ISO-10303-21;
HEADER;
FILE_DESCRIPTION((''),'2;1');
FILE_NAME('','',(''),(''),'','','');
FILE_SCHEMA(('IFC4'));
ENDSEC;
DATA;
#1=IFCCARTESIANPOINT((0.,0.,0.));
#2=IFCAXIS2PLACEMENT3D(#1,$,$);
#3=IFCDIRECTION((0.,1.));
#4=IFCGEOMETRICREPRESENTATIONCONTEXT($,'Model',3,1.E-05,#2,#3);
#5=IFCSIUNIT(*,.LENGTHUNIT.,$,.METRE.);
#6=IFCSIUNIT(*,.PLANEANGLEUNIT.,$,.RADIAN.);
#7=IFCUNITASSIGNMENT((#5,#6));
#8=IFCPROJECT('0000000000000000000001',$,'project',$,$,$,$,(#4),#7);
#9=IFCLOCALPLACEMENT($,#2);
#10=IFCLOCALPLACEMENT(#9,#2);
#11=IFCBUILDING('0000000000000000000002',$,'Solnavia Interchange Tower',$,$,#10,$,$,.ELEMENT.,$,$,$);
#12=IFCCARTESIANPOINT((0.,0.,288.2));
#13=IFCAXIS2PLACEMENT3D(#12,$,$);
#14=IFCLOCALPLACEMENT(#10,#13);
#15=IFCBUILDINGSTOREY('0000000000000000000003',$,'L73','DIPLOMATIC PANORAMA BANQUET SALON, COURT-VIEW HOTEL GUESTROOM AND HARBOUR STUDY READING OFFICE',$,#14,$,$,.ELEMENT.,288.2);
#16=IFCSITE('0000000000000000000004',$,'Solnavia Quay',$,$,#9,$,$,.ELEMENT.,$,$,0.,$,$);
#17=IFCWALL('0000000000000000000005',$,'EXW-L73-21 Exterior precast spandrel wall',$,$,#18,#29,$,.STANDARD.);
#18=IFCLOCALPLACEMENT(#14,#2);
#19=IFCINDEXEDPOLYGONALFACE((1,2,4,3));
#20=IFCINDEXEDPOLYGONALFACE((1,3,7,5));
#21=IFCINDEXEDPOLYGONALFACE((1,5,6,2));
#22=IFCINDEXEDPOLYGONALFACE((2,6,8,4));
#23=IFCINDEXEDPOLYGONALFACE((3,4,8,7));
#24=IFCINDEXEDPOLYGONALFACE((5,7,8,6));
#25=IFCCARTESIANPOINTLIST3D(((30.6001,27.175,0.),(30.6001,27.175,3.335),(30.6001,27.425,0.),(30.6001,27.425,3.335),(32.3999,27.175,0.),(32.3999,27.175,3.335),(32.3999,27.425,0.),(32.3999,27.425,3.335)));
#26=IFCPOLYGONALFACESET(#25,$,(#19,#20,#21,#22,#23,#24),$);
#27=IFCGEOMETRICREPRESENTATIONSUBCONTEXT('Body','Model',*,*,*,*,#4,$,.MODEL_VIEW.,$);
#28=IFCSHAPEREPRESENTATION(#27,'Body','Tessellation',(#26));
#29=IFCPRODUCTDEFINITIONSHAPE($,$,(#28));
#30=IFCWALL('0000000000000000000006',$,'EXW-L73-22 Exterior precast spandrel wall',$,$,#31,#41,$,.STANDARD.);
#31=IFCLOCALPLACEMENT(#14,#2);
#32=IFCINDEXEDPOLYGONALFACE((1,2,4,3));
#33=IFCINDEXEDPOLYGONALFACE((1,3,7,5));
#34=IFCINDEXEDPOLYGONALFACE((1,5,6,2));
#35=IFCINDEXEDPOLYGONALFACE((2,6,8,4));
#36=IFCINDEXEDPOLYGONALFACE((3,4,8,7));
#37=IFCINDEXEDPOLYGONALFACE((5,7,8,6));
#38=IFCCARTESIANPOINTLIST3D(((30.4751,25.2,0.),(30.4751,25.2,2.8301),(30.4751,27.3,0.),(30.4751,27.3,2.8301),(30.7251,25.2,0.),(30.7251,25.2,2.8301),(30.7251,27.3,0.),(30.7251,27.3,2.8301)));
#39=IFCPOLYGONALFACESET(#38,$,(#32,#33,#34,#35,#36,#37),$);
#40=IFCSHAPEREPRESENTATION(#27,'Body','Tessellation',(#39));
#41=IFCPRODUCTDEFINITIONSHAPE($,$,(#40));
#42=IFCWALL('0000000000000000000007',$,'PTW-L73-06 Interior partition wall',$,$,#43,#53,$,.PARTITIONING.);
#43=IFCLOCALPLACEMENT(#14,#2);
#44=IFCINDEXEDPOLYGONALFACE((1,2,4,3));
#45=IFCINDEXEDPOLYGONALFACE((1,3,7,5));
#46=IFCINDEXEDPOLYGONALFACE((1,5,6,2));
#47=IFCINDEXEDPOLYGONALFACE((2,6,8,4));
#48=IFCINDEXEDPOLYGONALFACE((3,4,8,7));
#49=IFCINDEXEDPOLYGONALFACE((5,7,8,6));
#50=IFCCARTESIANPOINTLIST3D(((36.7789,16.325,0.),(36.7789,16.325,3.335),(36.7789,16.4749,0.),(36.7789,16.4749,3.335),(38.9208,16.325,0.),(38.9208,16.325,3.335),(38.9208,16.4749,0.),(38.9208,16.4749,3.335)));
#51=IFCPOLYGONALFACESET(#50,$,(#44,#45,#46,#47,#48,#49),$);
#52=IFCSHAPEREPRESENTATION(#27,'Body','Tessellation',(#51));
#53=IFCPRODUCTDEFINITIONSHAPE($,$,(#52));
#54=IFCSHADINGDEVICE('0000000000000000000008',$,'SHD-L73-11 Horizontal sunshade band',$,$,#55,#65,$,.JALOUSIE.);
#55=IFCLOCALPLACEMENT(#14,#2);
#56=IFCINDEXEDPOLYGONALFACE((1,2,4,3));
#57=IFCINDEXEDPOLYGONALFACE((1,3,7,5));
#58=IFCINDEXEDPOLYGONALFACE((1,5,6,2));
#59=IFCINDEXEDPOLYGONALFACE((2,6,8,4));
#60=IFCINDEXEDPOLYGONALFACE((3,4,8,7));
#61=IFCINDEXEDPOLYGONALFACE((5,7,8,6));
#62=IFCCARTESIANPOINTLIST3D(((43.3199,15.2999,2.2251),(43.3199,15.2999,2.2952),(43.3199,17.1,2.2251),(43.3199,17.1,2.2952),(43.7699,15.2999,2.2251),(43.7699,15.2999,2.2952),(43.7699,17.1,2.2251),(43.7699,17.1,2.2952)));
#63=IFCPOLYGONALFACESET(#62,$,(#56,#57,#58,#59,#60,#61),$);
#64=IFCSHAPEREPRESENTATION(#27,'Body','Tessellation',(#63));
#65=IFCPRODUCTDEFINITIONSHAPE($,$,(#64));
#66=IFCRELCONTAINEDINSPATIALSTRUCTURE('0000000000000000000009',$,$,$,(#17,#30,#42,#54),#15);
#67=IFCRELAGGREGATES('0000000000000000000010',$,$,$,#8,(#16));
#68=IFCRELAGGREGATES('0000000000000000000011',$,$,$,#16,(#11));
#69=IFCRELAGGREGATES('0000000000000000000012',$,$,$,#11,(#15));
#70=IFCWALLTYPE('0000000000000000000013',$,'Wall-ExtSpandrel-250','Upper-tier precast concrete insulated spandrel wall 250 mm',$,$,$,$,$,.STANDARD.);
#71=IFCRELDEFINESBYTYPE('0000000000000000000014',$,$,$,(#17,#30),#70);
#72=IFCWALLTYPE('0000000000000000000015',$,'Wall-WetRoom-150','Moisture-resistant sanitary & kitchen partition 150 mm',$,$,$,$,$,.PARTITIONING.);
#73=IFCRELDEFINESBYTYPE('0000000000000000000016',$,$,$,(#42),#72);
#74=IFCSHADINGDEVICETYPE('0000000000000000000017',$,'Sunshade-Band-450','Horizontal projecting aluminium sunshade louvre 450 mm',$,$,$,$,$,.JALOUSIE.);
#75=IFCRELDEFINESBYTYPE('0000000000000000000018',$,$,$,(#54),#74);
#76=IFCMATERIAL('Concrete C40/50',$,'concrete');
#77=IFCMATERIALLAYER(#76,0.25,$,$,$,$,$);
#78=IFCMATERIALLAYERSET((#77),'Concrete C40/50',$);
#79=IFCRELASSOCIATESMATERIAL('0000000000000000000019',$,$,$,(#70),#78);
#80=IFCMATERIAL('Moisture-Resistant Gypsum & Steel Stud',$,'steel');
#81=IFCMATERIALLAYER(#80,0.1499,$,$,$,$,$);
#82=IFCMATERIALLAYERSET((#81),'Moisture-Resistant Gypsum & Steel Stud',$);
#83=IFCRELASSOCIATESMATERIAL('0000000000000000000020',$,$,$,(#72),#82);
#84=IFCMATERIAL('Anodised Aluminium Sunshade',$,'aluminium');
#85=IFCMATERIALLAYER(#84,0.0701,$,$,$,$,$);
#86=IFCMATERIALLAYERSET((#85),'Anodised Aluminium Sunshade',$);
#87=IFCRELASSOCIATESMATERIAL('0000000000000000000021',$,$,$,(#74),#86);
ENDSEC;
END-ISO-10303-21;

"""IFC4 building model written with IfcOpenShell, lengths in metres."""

from ifc_helpers import new_model, si_unit, direction, frame, frame_2d, origin, origin_2d, place, context, subcontext, project, spatial, rectangle, extrude, material, layer, layer_set, type_object, element, save


model = new_model("IFC4")

# Units and contexts
model_context = context("Model", 3, precision=1e-05, world=origin(), true_north=direction((0.0, 1.0)))
body_context = subcontext(model_context, "Body", "Model", "MODEL_VIEW")
ifc_project = project(units=[si_unit("LENGTHUNIT", "METRE"), si_unit("PLANEANGLEUNIT", "RADIAN")], contexts=[model_context])

# Site, building, storey
site_placement = place(None, origin())
site = spatial("IfcSite", under=ifc_project, at=site_placement, Name="Solnavia Quay", CompositionType="ELEMENT", RefElevation=0.0)
building_placement = place(site_placement, origin())
building = spatial("IfcBuilding", under=site, at=building_placement, Name="Solnavia Interchange Tower", CompositionType="ELEMENT")
storey_placement = place(building_placement, frame((0.0, 0.0, 288.2)))
storey = spatial("IfcBuildingStorey", under=building, at=storey_placement, Name="L73", Description="DIPLOMATIC PANORAMA BANQUET SALON, COURT-VIEW HOTEL GUESTROOM AND HARBOUR STUDY READING OFFICE", CompositionType="ELEMENT", Elevation=288.2)

# Shared definitions
ifc_material_1 = material(Name="Concrete C40/50", Category="concrete")
ifc_layer_1 = layer(ifc_material_1, 0.25)
ifc_layer_set_1 = layer_set([ifc_layer_1], Name="Concrete C40/50")
wall_type_1 = type_object("IfcWallType", Name="Wall-ExtSpandrel-250", Description="Upper-tier precast concrete insulated spandrel wall 250 mm", PredefinedType="STANDARD", material=ifc_layer_set_1)

# Walls
wall_1_placement = place(storey_placement, frame((30.6001, 27.3, 0.0), z_axis=(0.0, 0.0, 1.0), x_axis=(1.0, 0.0, 0.0)))
element("IfcWall", 1, at=wall_1_placement, inside=storey, type_object=wall_type_1, Name="EXW-L73-21 Exterior precast spandrel wall", PredefinedType="STANDARD", context=body_context, shape_type="SweptSolid", body=[
    extrude(rectangle(XDim=1.7998, YDim=0.25, at=frame_2d((0.8999, 0.0))), origin(), (0.0, 0.0, 1.0), 3.335),
])
wall_2_placement = place(storey_placement, frame((30.6001, 27.3, 0.0), z_axis=(0.0, 0.0, 1.0), x_axis=(0.0, -1.0, 0.0)))
element("IfcWall", 2, at=wall_2_placement, inside=storey, type_object=wall_type_1, Name="EXW-L73-22 Exterior precast spandrel wall", PredefinedType="STANDARD", context=body_context, shape_type="SweptSolid", body=[
    extrude(rectangle(XDim=2.1001, YDim=0.25, at=frame_2d((1.05, 0.0))), origin(), (0.0, 0.0, 1.0), 2.8301),
])
ifc_material_2 = material(Name="Moisture-Resistant Gypsum & Steel Stud", Category="steel")
ifc_layer_2 = layer(ifc_material_2, 0.1499)
ifc_layer_set_2 = layer_set([ifc_layer_2], Name="Moisture-Resistant Gypsum & Steel Stud")
wall_type_2 = type_object("IfcWallType", Name="Wall-WetRoom-150", Description="Moisture-resistant sanitary & kitchen partition 150 mm", PredefinedType="PARTITIONING", material=ifc_layer_set_2)
wall_3_placement = place(storey_placement, frame((36.7791, 16.3999, 0.0), z_axis=(0.0, 0.0, 1.0), x_axis=(1.0, 0.0, 0.0)))
element("IfcWall", 3, at=wall_3_placement, inside=storey, type_object=wall_type_2, Name="PTW-L73-06 Interior partition wall", PredefinedType="PARTITIONING", context=body_context, shape_type="SweptSolid", body=[
    extrude(rectangle(XDim=2.1418, YDim=0.1499, at=frame_2d((1.0708, 0.0))), origin(), (0.0, 0.0, 1.0), 3.335),
])

# Shading device
ifc_material_3 = material(Name="Anodised Aluminium Sunshade", Category="aluminium")
ifc_layer_3 = layer(ifc_material_3, 0.0701)
ifc_layer_set_3 = layer_set([ifc_layer_3], Name="Anodised Aluminium Sunshade")
shading_device_type = type_object("IfcShadingDeviceType", Name="Sunshade-Band-450", Description="Horizontal projecting aluminium sunshade louvre 450 mm", PredefinedType="JALOUSIE", material=ifc_layer_set_3)
shading_device_placement = place(storey_placement, frame((43.5449, 16.2, 2.2251), z_axis=(0.0, 0.0, 1.0), x_axis=(0.0, -1.0, 0.0)))
element("IfcShadingDevice", 4, at=shading_device_placement, inside=storey, type_object=shading_device_type, Name="SHD-L73-11 Horizontal sunshade band", PredefinedType="JALOUSIE", context=body_context, shape_type="SweptSolid", body=[
    extrude(rectangle(XDim=1.8, YDim=0.45, at=origin_2d()), origin(), (0.0, 0.0, 1.0), 0.0701),
])

save(model, "model.ifc")
